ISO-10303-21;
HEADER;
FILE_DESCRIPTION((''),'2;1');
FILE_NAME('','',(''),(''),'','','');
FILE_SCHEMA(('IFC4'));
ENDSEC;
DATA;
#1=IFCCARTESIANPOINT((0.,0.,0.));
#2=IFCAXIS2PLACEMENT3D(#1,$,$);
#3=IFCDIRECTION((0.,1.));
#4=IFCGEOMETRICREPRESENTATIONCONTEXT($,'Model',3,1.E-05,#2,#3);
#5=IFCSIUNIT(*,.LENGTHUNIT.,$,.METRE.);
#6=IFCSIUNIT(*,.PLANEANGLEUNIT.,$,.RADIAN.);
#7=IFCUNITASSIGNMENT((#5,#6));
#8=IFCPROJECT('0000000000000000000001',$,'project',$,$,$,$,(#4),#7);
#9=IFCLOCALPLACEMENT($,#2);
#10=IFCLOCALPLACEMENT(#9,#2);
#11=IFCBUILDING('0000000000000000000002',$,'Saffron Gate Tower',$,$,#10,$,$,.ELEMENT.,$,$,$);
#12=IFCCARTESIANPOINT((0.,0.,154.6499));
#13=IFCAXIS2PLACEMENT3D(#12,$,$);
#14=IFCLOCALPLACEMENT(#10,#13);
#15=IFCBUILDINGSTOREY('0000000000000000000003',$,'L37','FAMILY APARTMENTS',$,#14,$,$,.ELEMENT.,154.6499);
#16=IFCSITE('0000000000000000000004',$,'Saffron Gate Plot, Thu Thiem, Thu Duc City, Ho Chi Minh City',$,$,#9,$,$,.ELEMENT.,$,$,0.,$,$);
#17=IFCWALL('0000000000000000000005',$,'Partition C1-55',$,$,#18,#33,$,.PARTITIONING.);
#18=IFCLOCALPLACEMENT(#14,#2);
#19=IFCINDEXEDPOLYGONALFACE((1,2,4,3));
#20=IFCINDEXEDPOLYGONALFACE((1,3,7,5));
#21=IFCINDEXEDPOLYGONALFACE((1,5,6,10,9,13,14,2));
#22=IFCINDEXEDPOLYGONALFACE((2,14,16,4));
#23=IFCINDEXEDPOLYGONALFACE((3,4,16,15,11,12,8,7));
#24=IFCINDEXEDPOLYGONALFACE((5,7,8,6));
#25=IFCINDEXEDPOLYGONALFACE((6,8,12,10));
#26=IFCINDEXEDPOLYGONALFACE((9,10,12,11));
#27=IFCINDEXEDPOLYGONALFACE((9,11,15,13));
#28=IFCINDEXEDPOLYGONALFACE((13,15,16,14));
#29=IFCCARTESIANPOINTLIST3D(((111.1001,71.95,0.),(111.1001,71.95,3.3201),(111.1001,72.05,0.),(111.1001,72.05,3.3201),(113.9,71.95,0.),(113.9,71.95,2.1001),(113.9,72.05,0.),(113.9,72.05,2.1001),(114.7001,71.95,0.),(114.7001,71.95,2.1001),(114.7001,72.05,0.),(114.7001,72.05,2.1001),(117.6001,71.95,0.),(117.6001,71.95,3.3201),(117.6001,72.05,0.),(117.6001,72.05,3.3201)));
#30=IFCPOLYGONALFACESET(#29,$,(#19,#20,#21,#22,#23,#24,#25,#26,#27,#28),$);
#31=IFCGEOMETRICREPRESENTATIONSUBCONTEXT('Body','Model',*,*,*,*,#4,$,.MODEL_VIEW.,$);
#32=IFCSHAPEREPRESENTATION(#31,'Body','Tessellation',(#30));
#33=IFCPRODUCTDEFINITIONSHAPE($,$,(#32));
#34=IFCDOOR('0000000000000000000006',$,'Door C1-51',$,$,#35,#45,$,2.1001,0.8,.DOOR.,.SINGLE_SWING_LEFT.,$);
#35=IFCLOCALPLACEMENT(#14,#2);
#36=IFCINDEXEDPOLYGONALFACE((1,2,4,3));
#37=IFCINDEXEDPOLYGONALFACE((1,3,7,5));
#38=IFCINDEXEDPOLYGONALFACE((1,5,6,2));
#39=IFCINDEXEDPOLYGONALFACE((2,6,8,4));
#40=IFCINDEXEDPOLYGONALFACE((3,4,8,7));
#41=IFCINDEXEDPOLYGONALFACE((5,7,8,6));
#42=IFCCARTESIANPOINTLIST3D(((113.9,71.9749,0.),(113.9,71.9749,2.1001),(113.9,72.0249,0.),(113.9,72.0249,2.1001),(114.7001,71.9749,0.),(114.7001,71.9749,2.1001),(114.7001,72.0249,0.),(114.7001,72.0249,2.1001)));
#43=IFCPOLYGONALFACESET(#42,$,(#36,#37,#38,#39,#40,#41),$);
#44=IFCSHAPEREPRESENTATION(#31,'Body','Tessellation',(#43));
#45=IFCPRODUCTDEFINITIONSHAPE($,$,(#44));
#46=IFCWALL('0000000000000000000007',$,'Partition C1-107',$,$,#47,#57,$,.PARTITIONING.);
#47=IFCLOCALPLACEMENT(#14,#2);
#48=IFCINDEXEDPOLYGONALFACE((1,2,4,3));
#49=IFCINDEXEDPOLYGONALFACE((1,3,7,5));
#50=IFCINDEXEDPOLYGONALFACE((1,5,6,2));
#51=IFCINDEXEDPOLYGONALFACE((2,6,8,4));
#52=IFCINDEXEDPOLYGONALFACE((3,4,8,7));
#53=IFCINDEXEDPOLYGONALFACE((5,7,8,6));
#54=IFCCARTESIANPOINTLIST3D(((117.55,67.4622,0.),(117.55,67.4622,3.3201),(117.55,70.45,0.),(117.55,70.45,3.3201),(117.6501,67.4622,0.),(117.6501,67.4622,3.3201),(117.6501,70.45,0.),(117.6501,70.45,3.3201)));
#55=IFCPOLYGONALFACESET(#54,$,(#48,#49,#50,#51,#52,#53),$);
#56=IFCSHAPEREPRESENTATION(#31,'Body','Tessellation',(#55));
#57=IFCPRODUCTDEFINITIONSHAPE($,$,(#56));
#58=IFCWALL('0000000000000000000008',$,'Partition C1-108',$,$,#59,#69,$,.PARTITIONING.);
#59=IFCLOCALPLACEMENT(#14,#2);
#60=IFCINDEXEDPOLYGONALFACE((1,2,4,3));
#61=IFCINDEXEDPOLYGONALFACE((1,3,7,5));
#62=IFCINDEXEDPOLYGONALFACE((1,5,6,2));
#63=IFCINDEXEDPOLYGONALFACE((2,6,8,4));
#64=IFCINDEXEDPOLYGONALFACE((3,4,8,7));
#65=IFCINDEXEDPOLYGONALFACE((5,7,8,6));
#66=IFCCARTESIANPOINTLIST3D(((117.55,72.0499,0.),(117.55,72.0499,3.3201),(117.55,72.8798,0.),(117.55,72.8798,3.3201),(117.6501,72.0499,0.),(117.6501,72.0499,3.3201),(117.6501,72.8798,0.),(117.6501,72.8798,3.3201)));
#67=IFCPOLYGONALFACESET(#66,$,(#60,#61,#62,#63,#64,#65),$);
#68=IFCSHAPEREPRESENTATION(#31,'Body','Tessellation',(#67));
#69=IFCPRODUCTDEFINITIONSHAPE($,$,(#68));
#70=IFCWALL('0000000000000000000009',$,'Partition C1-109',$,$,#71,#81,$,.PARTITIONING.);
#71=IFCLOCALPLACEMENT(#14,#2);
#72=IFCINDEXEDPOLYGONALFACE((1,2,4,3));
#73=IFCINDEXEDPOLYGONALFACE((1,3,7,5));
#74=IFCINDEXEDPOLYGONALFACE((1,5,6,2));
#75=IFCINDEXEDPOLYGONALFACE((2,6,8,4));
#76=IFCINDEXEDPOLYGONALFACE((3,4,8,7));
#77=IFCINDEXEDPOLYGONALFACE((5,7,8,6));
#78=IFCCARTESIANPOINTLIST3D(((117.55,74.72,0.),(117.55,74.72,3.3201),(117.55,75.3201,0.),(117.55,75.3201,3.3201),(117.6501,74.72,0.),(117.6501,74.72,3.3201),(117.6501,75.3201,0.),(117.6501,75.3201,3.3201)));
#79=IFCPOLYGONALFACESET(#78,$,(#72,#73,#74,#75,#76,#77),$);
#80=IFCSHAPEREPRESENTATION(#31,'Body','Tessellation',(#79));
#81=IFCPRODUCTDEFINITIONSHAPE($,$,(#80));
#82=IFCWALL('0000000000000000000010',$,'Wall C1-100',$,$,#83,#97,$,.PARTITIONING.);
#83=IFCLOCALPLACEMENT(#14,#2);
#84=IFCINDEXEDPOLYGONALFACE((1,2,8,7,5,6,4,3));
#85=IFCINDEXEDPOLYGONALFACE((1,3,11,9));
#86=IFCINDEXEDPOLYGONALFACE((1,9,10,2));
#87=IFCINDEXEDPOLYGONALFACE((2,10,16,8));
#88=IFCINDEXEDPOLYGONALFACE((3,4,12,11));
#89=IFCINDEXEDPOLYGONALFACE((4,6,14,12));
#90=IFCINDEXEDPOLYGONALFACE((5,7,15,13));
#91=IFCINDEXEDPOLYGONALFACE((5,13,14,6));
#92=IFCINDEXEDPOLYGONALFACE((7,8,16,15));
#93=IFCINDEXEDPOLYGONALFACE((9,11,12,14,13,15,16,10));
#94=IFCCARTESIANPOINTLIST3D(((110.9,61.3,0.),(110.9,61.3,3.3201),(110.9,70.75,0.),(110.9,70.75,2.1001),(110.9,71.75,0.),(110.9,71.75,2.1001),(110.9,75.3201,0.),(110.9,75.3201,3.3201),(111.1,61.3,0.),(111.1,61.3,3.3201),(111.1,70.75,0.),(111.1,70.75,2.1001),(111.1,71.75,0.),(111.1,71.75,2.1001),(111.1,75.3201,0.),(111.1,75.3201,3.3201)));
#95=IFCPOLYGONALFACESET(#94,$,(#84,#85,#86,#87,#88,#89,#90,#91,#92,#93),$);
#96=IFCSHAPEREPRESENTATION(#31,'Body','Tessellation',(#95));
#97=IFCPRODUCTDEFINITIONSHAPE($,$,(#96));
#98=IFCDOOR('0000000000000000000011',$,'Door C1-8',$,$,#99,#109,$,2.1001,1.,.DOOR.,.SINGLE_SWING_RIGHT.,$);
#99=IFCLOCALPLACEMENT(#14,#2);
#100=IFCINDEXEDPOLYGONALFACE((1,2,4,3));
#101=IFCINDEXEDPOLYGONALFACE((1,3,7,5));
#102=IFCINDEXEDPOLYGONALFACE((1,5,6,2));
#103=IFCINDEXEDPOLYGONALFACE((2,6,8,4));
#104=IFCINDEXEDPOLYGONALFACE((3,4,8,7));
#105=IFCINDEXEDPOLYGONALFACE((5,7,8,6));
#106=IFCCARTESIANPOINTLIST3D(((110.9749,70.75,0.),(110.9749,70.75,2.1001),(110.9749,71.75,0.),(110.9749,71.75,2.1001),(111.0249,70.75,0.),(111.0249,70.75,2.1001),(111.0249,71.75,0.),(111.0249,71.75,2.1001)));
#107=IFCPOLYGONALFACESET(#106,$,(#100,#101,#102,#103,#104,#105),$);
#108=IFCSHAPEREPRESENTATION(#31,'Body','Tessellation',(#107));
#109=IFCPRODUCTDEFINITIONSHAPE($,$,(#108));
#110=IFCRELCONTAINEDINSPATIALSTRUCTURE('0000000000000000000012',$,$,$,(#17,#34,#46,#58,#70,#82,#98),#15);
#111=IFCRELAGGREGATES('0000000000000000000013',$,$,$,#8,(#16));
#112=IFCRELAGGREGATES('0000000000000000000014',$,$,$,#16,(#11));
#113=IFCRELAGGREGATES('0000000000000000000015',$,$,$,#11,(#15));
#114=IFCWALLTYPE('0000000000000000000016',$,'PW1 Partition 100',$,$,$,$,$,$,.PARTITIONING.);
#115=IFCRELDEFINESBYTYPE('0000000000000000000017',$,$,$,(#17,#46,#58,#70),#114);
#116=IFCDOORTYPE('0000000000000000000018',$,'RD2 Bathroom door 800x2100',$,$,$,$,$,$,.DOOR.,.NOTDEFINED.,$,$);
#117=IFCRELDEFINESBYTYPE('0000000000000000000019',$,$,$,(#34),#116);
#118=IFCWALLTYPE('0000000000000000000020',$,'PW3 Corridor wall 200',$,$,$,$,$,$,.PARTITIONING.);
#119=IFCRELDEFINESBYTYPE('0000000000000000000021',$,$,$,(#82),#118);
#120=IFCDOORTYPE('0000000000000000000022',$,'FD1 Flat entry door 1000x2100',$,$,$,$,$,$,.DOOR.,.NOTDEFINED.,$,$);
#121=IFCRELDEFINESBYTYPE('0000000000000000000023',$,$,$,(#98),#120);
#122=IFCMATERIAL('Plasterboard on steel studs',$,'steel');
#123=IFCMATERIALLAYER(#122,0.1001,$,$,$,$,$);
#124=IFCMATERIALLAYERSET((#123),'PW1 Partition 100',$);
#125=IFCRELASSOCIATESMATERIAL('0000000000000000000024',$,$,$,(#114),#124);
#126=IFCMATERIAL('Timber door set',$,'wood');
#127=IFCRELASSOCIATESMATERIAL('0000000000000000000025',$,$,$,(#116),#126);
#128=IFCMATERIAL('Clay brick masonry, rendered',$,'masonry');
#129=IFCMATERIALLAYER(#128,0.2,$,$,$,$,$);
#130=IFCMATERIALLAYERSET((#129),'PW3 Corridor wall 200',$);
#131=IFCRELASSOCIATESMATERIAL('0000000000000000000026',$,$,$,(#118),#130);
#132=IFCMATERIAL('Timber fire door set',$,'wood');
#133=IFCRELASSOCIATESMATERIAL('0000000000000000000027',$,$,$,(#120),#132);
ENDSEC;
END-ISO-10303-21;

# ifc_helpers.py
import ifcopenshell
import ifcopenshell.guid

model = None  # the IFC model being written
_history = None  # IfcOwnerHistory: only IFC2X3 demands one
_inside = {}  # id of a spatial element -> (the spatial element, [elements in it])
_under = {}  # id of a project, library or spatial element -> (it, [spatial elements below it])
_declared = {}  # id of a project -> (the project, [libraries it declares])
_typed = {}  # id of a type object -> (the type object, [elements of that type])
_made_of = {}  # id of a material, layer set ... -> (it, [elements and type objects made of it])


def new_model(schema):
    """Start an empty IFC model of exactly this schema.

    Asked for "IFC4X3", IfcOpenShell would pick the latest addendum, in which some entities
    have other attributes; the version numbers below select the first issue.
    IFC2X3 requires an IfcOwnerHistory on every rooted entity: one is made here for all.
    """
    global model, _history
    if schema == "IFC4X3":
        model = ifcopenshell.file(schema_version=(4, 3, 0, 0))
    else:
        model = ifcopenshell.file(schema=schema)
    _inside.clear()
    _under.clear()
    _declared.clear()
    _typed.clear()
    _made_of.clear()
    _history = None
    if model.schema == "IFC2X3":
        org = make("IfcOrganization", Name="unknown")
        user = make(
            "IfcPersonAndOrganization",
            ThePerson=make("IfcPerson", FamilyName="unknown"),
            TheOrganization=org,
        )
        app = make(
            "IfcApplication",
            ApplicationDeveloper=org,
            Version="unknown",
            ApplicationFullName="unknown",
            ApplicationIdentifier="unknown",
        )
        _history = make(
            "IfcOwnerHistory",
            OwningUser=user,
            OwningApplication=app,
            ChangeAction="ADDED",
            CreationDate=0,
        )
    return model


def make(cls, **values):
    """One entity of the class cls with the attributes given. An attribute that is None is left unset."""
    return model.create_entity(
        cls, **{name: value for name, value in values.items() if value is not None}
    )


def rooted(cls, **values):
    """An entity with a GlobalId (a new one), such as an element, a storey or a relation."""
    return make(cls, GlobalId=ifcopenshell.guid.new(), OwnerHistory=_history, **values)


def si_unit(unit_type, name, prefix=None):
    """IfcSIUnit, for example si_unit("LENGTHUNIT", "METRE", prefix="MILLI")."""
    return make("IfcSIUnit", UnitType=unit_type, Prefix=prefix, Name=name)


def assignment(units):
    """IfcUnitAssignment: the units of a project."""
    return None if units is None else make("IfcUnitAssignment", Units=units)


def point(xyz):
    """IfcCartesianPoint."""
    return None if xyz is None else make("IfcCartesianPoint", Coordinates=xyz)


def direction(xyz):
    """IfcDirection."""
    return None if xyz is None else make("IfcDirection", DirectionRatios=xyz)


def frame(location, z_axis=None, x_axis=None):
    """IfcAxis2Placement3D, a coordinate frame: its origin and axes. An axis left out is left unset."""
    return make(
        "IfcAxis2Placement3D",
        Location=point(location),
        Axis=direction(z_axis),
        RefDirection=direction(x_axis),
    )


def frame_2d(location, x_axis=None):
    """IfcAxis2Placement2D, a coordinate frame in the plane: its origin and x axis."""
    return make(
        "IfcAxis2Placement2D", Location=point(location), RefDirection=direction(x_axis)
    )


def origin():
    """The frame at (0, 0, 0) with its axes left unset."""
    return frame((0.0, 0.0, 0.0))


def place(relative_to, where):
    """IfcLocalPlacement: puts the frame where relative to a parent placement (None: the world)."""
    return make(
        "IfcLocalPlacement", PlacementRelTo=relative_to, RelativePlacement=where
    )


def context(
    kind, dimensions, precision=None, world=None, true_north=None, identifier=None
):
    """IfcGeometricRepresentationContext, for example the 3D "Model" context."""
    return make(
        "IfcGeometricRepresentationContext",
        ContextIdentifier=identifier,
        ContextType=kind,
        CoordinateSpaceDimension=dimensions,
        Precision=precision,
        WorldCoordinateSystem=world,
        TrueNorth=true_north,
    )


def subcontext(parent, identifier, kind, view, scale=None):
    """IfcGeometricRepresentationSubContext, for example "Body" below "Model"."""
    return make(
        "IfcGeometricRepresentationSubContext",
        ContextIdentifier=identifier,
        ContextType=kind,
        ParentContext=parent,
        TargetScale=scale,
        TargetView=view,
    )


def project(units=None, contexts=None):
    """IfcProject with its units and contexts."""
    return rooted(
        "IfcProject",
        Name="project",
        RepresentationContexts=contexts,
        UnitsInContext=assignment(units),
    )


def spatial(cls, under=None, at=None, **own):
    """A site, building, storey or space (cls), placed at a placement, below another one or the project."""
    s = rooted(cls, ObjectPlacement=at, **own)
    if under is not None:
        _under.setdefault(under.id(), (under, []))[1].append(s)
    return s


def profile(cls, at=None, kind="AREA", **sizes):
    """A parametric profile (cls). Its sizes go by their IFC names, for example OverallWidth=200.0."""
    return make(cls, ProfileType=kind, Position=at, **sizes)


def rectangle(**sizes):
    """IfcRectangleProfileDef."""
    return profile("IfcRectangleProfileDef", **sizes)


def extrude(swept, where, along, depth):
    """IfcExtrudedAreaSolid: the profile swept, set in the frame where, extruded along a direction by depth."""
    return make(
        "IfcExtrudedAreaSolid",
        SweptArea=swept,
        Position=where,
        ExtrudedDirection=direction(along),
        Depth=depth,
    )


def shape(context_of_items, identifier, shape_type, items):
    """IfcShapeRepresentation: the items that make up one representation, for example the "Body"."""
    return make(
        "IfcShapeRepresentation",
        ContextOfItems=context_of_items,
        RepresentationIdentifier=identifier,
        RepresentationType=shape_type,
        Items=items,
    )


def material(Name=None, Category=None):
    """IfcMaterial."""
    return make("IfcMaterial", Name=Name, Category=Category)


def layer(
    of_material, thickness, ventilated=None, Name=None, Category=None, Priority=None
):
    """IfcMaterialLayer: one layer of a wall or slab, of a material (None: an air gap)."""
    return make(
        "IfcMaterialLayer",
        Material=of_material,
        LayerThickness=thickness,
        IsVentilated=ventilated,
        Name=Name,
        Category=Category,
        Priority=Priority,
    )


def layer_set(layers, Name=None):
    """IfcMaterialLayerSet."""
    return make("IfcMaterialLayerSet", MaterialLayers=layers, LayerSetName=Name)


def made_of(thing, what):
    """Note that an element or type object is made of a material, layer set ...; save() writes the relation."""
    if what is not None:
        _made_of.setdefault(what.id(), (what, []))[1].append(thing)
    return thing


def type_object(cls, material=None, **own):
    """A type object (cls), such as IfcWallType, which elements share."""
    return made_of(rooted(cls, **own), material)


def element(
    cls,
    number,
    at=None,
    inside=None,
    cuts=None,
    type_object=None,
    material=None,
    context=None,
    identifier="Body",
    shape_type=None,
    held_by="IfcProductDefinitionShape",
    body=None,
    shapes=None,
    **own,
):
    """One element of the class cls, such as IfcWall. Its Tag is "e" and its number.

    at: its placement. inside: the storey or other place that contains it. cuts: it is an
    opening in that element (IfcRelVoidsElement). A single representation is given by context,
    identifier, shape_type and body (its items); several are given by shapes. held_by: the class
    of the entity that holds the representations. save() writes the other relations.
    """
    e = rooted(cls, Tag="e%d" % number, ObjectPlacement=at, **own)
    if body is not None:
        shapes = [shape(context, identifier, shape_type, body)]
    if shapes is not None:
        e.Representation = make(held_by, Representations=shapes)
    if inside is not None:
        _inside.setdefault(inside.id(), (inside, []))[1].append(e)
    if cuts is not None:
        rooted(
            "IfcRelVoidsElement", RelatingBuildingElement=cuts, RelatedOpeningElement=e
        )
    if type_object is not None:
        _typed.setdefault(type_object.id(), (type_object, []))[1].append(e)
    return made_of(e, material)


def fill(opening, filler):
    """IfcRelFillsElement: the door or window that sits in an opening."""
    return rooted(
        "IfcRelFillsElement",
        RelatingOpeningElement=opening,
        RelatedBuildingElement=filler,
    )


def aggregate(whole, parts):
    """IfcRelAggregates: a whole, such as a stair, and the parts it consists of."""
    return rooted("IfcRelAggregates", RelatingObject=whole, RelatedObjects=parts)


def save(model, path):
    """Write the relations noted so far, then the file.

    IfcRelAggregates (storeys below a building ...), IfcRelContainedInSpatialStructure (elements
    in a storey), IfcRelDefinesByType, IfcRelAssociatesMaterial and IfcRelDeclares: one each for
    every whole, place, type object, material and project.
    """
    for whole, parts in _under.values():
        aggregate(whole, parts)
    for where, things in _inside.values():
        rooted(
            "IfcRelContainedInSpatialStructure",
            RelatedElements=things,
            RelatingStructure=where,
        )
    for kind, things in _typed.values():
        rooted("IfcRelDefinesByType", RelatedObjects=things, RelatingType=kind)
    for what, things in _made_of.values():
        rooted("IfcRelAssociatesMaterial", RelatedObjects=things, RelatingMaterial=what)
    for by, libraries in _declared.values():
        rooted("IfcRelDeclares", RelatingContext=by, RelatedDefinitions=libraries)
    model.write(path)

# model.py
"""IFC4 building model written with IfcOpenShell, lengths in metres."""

from ifc_helpers import new_model, si_unit, direction, frame, frame_2d, origin, place, context, subcontext, project, spatial, rectangle, extrude, material, layer, layer_set, type_object, element, fill, save


model = new_model("IFC4")

# Units and contexts
model_context = context("Model", 3, precision=1e-05, world=origin(), true_north=direction((0.0, 1.0)))
body_context = subcontext(model_context, "Body", "Model", "MODEL_VIEW")
ifc_project = project(units=[si_unit("LENGTHUNIT", "METRE"), si_unit("PLANEANGLEUNIT", "RADIAN")], contexts=[model_context])

# Site, building, storey
site_placement = place(None, origin())
site = spatial("IfcSite", under=ifc_project, at=site_placement, Name="Saffron Gate Plot, Thu Thiem, Thu Duc City, Ho Chi Minh City", CompositionType="ELEMENT", RefElevation=0.0)
building_placement = place(site_placement, origin())
building = spatial("IfcBuilding", under=site, at=building_placement, Name="Saffron Gate Tower", CompositionType="ELEMENT")
storey_placement = place(building_placement, frame((0.0, 0.0, 154.6499)))
storey = spatial("IfcBuildingStorey", under=building, at=storey_placement, Name="L37", Description="FAMILY APARTMENTS", CompositionType="ELEMENT", Elevation=154.6499)

# Shared definitions
ifc_material_1 = material(Name="Plasterboard on steel studs", Category="steel")
ifc_layer_1 = layer(ifc_material_1, 0.1001)
ifc_layer_set_1 = layer_set([ifc_layer_1], Name="PW1 Partition 100")
wall_type_1 = type_object("IfcWallType", Name="PW1 Partition 100", PredefinedType="PARTITIONING", material=ifc_layer_set_1)

# Wall, opening, door
ifc_material_2 = material(Name="Timber door set", Category="wood")
wall_1_placement = place(storey_placement, frame((111.1001, 72.0, 0.0), z_axis=(0.0, 0.0, 1.0), x_axis=(1.0, 0.0, 0.0)))
wall_1 = element("IfcWall", 1, at=wall_1_placement, inside=storey, type_object=wall_type_1, Name="Partition C1-55", PredefinedType="PARTITIONING", context=body_context, shape_type="SweptSolid", body=[
    extrude(rectangle(XDim=6.5, YDim=0.1001, at=frame_2d((3.25, 0.0))), origin(), (0.0, 0.0, 1.0), 3.3201),
])
opening_1_placement = place(wall_1_placement, frame((2.8, 0.0, 0.0)))
opening_1 = element("IfcOpeningElement", 2, at=opening_1_placement, cuts=wall_1, PredefinedType="OPENING", context=body_context, shape_type="SweptSolid", body=[
    extrude(rectangle(XDim=0.8, YDim=2.1001, at=frame_2d((0.3999, 1.05))), frame((0.0, 0.0601, 0.0), z_axis=(0.0, -1.0, 0.0), x_axis=(1.0, 0.0, 0.0)), (0.0, 0.0, 1.0), 0.1201),
])
door_type_1 = type_object("IfcDoorType", Name="RD2 Bathroom door 800x2100", OperationType="NOTDEFINED", PredefinedType="DOOR", material=ifc_material_2)
door_1_placement = place(opening_1_placement, origin())
door_1 = element("IfcDoor", 3, at=door_1_placement, inside=storey, type_object=door_type_1, Name="Door C1-51", OperationType="SINGLE_SWING_LEFT", OverallHeight=2.1001, OverallWidth=0.8, PredefinedType="DOOR", context=body_context, shape_type="SweptSolid", body=[
    extrude(rectangle(XDim=0.8, YDim=2.1001, at=frame_2d((0.3999, 1.05))), frame((0.0, 0.0249, 0.0), z_axis=(0.0, -1.0, 0.0), x_axis=(1.0, 0.0, 0.0)), (0.0, 0.0, 1.0), 0.05),
])
fill(opening_1, door_1)

# Walls
wall_2_placement = place(storey_placement, frame((117.6001, 70.45, 0.0), z_axis=(0.0, 0.0, 1.0), x_axis=(0.0, -1.0, 0.0)))
element("IfcWall", 4, at=wall_2_placement, inside=storey, type_object=wall_type_1, Name="Partition C1-107", PredefinedType="PARTITIONING", context=body_context, shape_type="SweptSolid", body=[
    extrude(rectangle(XDim=2.9878, YDim=0.1001, at=frame_2d((1.4939, 0.0))), origin(), (0.0, 0.0, 1.0), 3.3201),
])
wall_3_placement = place(storey_placement, frame((117.6001, 72.8799, 0.0), z_axis=(0.0, 0.0, 1.0), x_axis=(0.0, -1.0, 0.0)))
element("IfcWall", 5, at=wall_3_placement, inside=storey, type_object=wall_type_1, Name="Partition C1-108", PredefinedType="PARTITIONING", context=body_context, shape_type="SweptSolid", body=[
    extrude(rectangle(XDim=0.8298, YDim=0.1001, at=frame_2d((0.415, 0.0))), origin(), (0.0, 0.0, 1.0), 3.3201),
])
wall_4_placement = place(storey_placement, frame((117.6001, 75.3201, 0.0), z_axis=(0.0, 0.0, 1.0), x_axis=(0.0, -1.0, 0.0)))
element("IfcWall", 6, at=wall_4_placement, inside=storey, type_object=wall_type_1, Name="Partition C1-109", PredefinedType="PARTITIONING", context=body_context, shape_type="SweptSolid", body=[
    extrude(rectangle(XDim=0.6001, YDim=0.1001, at=frame_2d((0.3, 0.0))), origin(), (0.0, 0.0, 1.0), 3.3201),
])

# Wall, opening, door
ifc_material_3 = material(Name="Clay brick masonry, rendered", Category="masonry")
ifc_layer_2 = layer(ifc_material_3, 0.2)
ifc_layer_set_2 = layer_set([ifc_layer_2], Name="PW3 Corridor wall 200")
wall_type_2 = type_object("IfcWallType", Name="PW3 Corridor wall 200", PredefinedType="PARTITIONING", material=ifc_layer_set_2)
wall_5_placement = place(storey_placement, frame((111.0, 75.3201, 0.0), z_axis=(0.0, 0.0, 1.0), x_axis=(0.0, -1.0, 0.0)))
wall_5 = element("IfcWall", 7, at=wall_5_placement, inside=storey, type_object=wall_type_2, Name="Wall C1-100", PredefinedType="PARTITIONING", context=body_context, shape_type="SweptSolid", body=[
    extrude(rectangle(XDim=14.02, YDim=0.2, at=frame_2d((7.01, 0.0))), origin(), (0.0, 0.0, 1.0), 3.3201),
])
opening_2_placement = place(wall_5_placement, frame((3.5701, 0.0, 0.0)))
opening_2 = element("IfcOpeningElement", 8, at=opening_2_placement, cuts=wall_5, PredefinedType="OPENING", context=body_context, shape_type="SweptSolid", body=[
    extrude(rectangle(XDim=1.0, YDim=2.1001, at=frame_2d((0.5, 1.05))), frame((0.0, 0.1099, 0.0), z_axis=(0.0, -1.0, 0.0), x_axis=(1.0, 0.0, 0.0)), (0.0, 0.0, 1.0), 0.22),
])
ifc_material_4 = material(Name="Timber fire door set", Category="wood")
door_type_2 = type_object("IfcDoorType", Name="FD1 Flat entry door 1000x2100", OperationType="NOTDEFINED", PredefinedType="DOOR", material=ifc_material_4)
door_2_placement = place(opening_2_placement, origin())
door_2 = element("IfcDoor", 9, at=door_2_placement, inside=storey, type_object=door_type_2, Name="Door C1-8", OperationType="SINGLE_SWING_RIGHT", OverallHeight=2.1001, OverallWidth=1.0, PredefinedType="DOOR", context=body_context, shape_type="SweptSolid", body=[
    extrude(rectangle(XDim=1.0, YDim=2.1001, at=frame_2d((0.5, 1.05))), frame((0.0, 0.0249, 0.0), z_axis=(0.0, -1.0, 0.0), x_axis=(1.0, 0.0, 0.0)), (0.0, 0.0, 1.0), 0.05),
])
fill(opening_2, door_2)

save(model, "model.ifc")
